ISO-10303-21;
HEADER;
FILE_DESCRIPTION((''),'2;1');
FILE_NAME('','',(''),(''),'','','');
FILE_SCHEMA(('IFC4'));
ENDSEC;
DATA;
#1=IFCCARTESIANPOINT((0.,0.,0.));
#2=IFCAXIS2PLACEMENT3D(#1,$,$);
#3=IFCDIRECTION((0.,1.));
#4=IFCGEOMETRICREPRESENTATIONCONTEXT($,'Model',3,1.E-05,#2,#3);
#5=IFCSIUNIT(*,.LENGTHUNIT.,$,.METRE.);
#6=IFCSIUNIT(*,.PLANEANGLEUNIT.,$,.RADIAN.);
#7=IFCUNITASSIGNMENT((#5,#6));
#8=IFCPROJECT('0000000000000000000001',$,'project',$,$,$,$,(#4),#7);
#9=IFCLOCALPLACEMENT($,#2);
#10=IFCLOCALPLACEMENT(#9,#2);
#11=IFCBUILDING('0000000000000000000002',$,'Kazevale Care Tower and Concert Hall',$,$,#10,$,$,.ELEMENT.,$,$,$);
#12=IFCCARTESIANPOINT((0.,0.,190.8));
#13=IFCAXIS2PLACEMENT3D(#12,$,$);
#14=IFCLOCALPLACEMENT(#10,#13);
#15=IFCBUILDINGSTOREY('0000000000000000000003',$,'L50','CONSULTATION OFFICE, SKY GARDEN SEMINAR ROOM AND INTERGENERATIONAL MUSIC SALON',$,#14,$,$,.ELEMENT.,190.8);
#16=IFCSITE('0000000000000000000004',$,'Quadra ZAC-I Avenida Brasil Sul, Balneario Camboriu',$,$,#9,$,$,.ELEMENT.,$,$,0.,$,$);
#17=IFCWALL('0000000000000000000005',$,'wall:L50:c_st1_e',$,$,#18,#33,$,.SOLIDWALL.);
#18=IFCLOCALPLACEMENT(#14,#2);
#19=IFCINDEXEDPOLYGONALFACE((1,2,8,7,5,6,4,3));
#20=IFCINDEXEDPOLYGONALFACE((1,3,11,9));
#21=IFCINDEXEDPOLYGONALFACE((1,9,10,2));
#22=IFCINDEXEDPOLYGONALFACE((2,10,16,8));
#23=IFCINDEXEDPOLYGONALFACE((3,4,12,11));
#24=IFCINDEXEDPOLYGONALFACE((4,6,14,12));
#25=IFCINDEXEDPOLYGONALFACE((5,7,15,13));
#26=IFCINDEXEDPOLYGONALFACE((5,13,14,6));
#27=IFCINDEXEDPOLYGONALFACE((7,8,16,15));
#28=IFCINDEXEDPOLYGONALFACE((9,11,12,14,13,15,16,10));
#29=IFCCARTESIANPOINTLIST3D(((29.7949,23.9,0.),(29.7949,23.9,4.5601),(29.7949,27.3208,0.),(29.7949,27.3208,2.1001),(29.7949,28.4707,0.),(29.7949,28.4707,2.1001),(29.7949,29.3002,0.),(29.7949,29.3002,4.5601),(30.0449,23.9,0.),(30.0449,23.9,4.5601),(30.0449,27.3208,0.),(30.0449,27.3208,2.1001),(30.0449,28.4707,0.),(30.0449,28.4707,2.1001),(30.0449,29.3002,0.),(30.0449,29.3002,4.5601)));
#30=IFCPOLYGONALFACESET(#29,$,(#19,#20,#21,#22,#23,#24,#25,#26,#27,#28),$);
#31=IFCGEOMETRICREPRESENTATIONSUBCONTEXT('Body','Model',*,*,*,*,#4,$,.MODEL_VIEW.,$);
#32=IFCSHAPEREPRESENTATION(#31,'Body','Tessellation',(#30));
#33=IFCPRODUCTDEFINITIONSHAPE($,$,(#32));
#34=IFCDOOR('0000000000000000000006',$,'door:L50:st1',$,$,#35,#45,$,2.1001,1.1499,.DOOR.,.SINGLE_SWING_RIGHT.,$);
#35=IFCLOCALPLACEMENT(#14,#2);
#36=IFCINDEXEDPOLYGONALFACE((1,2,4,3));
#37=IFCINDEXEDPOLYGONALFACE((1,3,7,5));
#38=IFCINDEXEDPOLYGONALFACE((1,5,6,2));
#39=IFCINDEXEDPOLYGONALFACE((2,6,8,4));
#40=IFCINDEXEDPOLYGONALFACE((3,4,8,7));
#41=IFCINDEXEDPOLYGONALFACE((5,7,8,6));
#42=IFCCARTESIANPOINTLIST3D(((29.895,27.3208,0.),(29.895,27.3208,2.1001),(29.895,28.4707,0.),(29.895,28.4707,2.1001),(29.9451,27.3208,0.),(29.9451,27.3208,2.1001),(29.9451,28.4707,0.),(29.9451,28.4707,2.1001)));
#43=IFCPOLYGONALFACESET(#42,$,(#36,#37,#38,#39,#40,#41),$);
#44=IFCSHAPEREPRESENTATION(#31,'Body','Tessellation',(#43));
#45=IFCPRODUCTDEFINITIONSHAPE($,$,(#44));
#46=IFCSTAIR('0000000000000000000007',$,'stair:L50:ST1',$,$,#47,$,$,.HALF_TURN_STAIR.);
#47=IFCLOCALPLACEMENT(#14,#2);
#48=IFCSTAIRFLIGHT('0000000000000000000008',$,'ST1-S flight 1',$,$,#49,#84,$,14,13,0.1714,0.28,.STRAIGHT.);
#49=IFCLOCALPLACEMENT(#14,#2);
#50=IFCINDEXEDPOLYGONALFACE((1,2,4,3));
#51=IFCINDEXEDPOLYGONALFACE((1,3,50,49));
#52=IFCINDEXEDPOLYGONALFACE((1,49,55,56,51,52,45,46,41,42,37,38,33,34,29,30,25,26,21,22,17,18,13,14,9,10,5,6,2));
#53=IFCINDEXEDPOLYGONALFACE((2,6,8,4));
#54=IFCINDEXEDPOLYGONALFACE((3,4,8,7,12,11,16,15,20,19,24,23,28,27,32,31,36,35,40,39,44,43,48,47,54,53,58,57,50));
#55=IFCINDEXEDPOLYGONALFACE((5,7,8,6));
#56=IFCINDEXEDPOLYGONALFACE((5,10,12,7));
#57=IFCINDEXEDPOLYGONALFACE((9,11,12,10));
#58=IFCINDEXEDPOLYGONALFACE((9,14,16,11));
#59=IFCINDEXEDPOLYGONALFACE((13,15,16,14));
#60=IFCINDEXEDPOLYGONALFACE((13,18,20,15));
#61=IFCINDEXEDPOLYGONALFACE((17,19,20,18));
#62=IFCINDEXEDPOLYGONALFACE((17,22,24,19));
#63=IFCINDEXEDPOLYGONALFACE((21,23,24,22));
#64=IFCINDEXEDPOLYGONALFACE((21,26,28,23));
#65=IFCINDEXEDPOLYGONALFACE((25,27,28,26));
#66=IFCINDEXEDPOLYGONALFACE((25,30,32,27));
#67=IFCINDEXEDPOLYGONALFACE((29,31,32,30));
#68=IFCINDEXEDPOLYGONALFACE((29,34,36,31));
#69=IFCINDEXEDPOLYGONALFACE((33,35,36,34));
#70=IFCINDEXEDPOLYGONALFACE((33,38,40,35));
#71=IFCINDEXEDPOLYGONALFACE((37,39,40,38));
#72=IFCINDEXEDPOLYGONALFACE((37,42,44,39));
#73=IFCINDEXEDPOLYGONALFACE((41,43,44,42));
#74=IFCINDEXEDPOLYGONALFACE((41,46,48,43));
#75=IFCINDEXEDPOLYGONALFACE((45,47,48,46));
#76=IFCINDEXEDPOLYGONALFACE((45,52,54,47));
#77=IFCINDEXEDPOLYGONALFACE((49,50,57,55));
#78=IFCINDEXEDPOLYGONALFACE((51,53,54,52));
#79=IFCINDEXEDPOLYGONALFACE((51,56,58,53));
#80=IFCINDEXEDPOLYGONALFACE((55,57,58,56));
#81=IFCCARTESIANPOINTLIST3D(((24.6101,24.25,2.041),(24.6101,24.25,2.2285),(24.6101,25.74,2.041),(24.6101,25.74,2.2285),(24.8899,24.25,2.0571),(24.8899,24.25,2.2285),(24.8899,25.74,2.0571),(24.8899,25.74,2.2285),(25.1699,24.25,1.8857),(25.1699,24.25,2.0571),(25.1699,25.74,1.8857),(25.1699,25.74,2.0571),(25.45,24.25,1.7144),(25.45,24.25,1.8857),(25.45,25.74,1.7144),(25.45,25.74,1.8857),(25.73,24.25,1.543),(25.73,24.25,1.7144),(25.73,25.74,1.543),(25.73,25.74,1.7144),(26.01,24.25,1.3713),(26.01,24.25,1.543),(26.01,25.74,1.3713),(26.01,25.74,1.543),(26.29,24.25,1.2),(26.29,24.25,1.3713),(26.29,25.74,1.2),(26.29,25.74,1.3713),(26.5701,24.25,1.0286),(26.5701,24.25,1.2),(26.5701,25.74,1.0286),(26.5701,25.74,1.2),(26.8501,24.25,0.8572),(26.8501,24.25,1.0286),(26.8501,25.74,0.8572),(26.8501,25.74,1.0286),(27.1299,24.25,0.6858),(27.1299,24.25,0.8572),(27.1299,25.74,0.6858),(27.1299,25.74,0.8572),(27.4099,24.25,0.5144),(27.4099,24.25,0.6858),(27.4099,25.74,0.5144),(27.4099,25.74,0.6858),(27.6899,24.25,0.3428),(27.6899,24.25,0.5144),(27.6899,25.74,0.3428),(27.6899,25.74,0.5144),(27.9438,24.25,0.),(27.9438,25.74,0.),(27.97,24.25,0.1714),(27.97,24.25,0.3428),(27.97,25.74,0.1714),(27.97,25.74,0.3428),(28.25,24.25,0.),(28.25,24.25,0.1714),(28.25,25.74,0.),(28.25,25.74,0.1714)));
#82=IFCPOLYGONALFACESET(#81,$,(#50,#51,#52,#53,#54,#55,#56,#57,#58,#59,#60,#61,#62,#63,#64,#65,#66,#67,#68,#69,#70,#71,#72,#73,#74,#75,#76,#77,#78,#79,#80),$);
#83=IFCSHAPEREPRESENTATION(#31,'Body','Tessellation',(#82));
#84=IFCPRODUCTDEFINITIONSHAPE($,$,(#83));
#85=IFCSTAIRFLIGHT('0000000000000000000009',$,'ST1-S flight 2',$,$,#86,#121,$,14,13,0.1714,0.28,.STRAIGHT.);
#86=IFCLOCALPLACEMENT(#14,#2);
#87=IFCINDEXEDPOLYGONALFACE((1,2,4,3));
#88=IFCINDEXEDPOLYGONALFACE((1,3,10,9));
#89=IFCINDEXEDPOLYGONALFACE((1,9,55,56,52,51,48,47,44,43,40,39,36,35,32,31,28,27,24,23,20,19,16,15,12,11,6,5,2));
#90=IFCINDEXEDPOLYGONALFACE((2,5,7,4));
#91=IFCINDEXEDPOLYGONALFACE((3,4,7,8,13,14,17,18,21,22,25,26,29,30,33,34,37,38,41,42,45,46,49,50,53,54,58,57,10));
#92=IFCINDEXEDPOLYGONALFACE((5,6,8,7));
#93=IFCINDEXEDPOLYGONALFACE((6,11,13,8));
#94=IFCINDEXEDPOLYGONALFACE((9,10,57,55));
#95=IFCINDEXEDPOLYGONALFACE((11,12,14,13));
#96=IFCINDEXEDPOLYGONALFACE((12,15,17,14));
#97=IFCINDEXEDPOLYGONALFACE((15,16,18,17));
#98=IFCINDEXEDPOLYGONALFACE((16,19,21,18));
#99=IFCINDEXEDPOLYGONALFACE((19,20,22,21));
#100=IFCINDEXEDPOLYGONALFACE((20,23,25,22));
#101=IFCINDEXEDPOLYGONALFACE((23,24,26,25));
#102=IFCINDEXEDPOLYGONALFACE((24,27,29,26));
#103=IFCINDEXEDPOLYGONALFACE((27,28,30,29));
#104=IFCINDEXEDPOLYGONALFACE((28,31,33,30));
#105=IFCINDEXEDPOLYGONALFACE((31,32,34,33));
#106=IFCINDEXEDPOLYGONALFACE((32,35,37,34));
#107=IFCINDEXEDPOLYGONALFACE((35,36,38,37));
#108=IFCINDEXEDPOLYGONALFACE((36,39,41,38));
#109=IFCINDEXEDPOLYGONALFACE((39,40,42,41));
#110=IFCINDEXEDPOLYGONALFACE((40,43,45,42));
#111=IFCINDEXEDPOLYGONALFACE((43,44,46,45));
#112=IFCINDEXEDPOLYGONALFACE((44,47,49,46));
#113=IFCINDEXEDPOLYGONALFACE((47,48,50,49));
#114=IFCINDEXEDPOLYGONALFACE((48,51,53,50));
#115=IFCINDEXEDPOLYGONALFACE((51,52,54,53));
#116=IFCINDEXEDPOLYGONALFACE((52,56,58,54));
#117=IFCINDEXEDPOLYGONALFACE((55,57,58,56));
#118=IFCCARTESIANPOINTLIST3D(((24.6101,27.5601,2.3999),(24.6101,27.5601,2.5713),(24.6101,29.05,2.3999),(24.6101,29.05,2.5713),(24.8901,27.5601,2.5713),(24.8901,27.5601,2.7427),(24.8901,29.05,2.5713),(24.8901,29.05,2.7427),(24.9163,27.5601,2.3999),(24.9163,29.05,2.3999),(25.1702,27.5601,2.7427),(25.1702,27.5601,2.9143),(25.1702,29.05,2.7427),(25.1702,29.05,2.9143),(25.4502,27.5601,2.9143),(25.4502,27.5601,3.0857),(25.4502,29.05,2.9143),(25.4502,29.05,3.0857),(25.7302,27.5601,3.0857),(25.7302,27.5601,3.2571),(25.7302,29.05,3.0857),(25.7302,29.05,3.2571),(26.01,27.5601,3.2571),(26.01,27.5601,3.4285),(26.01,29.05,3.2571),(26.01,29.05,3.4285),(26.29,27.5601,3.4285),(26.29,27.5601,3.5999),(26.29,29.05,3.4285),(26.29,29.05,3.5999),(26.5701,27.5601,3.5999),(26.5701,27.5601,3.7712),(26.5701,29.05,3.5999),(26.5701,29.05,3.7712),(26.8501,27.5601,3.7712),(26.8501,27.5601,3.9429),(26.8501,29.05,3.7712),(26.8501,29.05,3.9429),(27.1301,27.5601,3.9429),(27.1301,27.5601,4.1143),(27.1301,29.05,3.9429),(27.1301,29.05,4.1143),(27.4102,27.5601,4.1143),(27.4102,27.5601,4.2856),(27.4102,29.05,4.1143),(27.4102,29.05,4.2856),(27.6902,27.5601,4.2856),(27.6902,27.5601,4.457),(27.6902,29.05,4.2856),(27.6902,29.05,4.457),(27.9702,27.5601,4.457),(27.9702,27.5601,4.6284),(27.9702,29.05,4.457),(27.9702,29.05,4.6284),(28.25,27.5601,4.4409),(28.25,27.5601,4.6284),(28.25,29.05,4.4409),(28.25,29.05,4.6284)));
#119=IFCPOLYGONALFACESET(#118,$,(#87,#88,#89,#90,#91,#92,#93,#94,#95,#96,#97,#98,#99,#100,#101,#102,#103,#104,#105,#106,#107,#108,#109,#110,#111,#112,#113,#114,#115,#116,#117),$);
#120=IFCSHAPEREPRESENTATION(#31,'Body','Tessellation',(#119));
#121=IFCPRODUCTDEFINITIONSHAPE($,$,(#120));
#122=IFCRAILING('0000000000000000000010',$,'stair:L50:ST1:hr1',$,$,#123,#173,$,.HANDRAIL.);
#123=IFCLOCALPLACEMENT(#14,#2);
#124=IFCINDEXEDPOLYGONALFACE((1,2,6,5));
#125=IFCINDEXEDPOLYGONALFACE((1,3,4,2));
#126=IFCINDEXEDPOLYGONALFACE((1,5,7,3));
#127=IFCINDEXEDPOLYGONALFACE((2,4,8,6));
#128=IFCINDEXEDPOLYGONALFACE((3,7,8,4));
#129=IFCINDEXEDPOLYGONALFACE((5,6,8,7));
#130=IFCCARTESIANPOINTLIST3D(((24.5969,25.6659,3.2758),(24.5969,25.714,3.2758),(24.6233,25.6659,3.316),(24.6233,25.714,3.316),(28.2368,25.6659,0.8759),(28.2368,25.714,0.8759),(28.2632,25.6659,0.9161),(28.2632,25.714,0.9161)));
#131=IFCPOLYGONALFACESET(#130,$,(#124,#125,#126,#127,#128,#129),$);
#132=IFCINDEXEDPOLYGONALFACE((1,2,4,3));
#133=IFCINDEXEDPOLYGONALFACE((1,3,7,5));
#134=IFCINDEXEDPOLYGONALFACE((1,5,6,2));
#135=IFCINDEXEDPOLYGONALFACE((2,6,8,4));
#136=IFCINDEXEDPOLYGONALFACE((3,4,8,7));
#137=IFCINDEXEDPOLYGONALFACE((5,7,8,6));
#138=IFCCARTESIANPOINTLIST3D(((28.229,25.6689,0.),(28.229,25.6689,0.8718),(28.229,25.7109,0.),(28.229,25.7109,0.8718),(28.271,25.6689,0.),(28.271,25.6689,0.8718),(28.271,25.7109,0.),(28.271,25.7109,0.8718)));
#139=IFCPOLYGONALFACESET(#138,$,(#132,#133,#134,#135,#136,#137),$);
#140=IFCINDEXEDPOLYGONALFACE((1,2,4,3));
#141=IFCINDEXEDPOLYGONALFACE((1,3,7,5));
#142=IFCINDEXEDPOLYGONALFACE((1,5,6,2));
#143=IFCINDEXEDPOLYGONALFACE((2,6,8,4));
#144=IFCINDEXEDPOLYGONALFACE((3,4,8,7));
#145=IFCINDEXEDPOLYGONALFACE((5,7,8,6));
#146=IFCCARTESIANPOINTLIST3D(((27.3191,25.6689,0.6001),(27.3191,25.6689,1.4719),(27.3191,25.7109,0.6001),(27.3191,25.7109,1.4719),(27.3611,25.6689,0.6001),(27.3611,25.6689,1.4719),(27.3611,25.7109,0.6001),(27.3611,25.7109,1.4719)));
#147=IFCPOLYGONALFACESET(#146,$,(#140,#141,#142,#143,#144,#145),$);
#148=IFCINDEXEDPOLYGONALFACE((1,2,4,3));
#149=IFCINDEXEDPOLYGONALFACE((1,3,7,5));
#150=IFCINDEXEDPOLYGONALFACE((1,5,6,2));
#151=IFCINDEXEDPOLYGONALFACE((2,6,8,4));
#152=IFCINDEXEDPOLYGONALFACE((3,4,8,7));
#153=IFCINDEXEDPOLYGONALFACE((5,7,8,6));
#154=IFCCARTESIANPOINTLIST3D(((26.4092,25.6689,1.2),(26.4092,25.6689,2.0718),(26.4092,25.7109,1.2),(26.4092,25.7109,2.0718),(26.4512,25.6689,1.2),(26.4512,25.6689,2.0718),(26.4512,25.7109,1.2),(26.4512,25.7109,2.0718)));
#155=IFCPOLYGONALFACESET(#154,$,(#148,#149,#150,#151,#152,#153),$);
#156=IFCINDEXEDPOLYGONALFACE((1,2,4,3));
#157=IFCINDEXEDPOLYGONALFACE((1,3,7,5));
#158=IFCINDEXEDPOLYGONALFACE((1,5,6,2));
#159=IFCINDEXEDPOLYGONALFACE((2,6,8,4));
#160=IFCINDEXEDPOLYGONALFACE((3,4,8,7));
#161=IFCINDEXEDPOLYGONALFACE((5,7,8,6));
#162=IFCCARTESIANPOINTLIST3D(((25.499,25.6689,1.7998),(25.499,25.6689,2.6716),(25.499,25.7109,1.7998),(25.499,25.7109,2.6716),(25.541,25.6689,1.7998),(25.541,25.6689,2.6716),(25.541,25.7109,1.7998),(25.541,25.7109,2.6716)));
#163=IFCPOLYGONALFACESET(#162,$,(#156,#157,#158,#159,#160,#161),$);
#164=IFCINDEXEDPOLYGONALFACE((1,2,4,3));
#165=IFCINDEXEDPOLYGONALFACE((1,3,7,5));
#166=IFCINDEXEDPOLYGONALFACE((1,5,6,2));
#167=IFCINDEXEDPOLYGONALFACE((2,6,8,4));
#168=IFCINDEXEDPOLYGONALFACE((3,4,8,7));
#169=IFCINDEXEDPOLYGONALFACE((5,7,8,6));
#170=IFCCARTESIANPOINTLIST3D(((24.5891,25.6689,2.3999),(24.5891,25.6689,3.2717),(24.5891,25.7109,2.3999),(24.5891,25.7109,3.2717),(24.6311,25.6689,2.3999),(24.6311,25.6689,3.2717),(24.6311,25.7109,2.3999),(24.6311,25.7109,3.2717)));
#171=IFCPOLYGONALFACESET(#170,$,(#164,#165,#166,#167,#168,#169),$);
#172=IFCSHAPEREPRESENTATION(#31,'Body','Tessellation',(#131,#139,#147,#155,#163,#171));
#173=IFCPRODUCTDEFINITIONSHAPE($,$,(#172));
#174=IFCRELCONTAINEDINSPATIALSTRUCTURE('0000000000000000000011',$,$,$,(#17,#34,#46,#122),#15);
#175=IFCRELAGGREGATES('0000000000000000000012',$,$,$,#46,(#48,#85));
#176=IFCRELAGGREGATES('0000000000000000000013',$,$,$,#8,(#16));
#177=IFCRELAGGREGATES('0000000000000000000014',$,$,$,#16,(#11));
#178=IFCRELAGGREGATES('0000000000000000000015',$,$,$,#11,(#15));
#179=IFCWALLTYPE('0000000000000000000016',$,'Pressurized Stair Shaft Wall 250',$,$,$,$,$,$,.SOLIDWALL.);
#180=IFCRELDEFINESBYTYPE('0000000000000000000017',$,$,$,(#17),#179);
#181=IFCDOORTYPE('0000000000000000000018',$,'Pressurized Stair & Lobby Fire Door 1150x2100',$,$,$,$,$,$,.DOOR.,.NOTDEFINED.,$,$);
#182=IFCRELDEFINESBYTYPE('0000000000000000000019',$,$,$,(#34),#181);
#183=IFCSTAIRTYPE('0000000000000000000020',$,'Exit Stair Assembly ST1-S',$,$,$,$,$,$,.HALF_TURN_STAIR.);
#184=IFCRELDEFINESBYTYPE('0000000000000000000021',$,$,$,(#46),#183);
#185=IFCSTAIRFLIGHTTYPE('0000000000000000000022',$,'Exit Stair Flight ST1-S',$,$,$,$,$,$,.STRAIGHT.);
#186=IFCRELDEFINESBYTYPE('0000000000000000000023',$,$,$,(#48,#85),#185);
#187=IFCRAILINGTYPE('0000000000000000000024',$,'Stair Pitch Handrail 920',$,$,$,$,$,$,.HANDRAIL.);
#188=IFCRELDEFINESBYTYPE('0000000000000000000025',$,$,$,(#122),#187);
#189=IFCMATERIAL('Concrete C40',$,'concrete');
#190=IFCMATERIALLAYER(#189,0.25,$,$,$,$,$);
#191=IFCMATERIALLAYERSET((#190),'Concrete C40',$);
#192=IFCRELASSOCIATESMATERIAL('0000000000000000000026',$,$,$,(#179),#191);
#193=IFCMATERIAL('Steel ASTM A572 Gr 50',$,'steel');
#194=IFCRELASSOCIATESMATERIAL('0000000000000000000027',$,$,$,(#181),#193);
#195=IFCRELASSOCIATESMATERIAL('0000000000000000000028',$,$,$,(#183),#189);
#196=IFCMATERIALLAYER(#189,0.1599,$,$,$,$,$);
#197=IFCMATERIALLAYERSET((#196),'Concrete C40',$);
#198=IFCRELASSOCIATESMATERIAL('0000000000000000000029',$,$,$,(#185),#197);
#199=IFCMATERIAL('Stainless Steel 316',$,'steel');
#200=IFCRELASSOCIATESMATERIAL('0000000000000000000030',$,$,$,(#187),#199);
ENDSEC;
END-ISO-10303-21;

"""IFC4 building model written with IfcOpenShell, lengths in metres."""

from ifc_helpers import new_model, si_unit, direction, frame, frame_2d, origin, origin_2d, place, context, subcontext, project, spatial, polyline, rectangle, outline, extrude, material, layer, layer_set, type_object, element, fill, aggregate, save


model = new_model("IFC4")

# Units and contexts
model_context = context("Model", 3, precision=1e-05, world=origin(), true_north=direction((0.0, 1.0)))
body_context = subcontext(model_context, "Body", "Model", "MODEL_VIEW")
ifc_project = project(units=[si_unit("LENGTHUNIT", "METRE"), si_unit("PLANEANGLEUNIT", "RADIAN")], contexts=[model_context])

# Site, building, storey
site_placement = place(None, origin())
site = spatial("IfcSite", under=ifc_project, at=site_placement, Name="Quadra ZAC-I Avenida Brasil Sul, Balneario Camboriu", CompositionType="ELEMENT", RefElevation=0.0)
building_placement = place(site_placement, origin())
building = spatial("IfcBuilding", under=site, at=building_placement, Name="Kazevale Care Tower and Concert Hall", CompositionType="ELEMENT")
storey_placement = place(building_placement, frame((0.0, 0.0, 190.8)))
storey = spatial("IfcBuildingStorey", under=building, at=storey_placement, Name="L50", Description="CONSULTATION OFFICE, SKY GARDEN SEMINAR ROOM AND INTERGENERATIONAL MUSIC SALON", CompositionType="ELEMENT", Elevation=190.8)

# Shared definitions
ifc_material_1 = material(Name="Steel ASTM A572 Gr 50", Category="steel")

# Shared definitions
ifc_material_2 = material(Name="Concrete C40", Category="concrete")
ifc_material_3 = material(Name="Stainless Steel 316", Category="steel")

# Wall, opening, door
ifc_layer_1 = layer(ifc_material_2, 0.25)
ifc_layer_set_1 = layer_set([ifc_layer_1], Name="Concrete C40")
wall_type_1 = type_object("IfcWallType", Name="Pressurized Stair Shaft Wall 250", PredefinedType="SOLIDWALL", material=ifc_layer_set_1)
wall_1_placement = place(storey_placement, frame((29.9199, 23.8999, 0.0), z_axis=(0.0, 0.0, 1.0), x_axis=(0.0, 1.0, 0.0)))
wall_1 = element("IfcWall", 1, at=wall_1_placement, inside=storey, type_object=wall_type_1, Name="wall:L50:c_st1_e", PredefinedType="SOLIDWALL", context=body_context, shape_type="SweptSolid", body=[
    extrude(rectangle(XDim=5.4001, YDim=0.25, at=frame_2d((2.7002, 0.0))), origin(), (0.0, 0.0, 1.0), 4.5601),
])
opening_1_placement = place(wall_1_placement, frame((3.4209, 0.0, 0.0)))
opening_1 = element("IfcOpeningElement", 2, at=opening_1_placement, cuts=wall_1, PredefinedType="OPENING", context=body_context, shape_type="SweptSolid", body=[
    extrude(rectangle(XDim=1.1499, YDim=2.1001, at=frame_2d((0.575, 1.05))), frame((0.0, 0.135, 0.0), z_axis=(0.0, -1.0, 0.0), x_axis=(1.0, 0.0, 0.0)), (0.0, 0.0, 1.0), 0.27),
])
door_type_1 = type_object("IfcDoorType", Name="Pressurized Stair & Lobby Fire Door 1150x2100", OperationType="NOTDEFINED", PredefinedType="DOOR", material=ifc_material_1)
door_1_placement = place(opening_1_placement, origin())
door_1 = element("IfcDoor", 3, at=door_1_placement, inside=storey, type_object=door_type_1, Name="door:L50:st1", OperationType="SINGLE_SWING_RIGHT", OverallHeight=2.1001, OverallWidth=1.1499, PredefinedType="DOOR", context=body_context, shape_type="SweptSolid", body=[
    extrude(rectangle(XDim=1.1499, YDim=2.1001, at=frame_2d((0.575, 1.05))), frame((0.0, 0.0249, 0.0), z_axis=(0.0, -1.0, 0.0), x_axis=(1.0, 0.0, 0.0)), (0.0, 0.0, 1.0), 0.05),
])
fill(opening_1, door_1)

# Stair, stair flights
stair_type = type_object("IfcStairType", Name="Exit Stair Assembly ST1-S", PredefinedType="HALF_TURN_STAIR", material=ifc_material_2)
stair_placement = place(storey_placement, origin())
stair = element("IfcStair", 4, at=stair_placement, inside=storey, type_object=stair_type, Name="stair:L50:ST1", PredefinedType="HALF_TURN_STAIR")
ifc_layer_2 = layer(ifc_material_2, 0.1599)
ifc_layer_set_2 = layer_set([ifc_layer_2], Name="Concrete C40")
stair_flight_type = type_object("IfcStairFlightType", Name="Exit Stair Flight ST1-S", PredefinedType="STRAIGHT", material=ifc_layer_set_2)
stair_flight_1_placement = place(storey_placement, frame((28.25, 24.9951, 0.0), z_axis=(0.0, 0.0, 1.0), x_axis=(-1.0, 0.0, 0.0)))
stair_flight_1 = element("IfcStairFlight", 5, at=stair_flight_1_placement, type_object=stair_flight_type, Name="ST1-S flight 1", NumberOfRisers=14, NumberOfTreads=13, PredefinedType="STRAIGHT", RiserHeight=0.1714, TreadLength=0.28, context=body_context, shape_type="SweptSolid", body=[
    extrude(outline(polyline([(0.0, 0.0), (0.0, 0.1714), (0.28, 0.1714), (0.28, 0.3428), (0.5601, 0.3428), (0.5601, 0.5144), (0.8401, 0.5144), (0.8401, 0.6858), (1.1201, 0.6858), (1.1201, 0.8572), (1.3999, 0.8572), (1.3999, 1.0286), (1.6799, 1.0286), (1.6799, 1.2), (1.96, 1.2), (1.96, 1.3713), (2.24, 1.3713), (2.24, 1.543), (2.52, 1.543), (2.52, 1.7144), (2.8, 1.7144), (2.8, 1.8857), (3.0801, 1.8857), (3.0801, 2.0571), (3.3601, 2.0571), (3.3601, 2.2285), (3.6399, 2.2285), (3.6399, 2.3999), (3.6399, 2.041), (0.3062, 0.0), (0.0, 0.0)])), frame((0.0, 0.7451, 0.0), z_axis=(0.0, -1.0, 0.0), x_axis=(1.0, 0.0, 0.0)), (0.0, 0.0, 1.0), 1.49),
])
stair_flight_2_placement = place(storey_placement, frame((24.6101, 28.3049, 2.3999), z_axis=(0.0, 0.0, 1.0), x_axis=(1.0, 0.0, 0.0)))
stair_flight_2 = element("IfcStairFlight", 6, at=stair_flight_2_placement, type_object=stair_flight_type, Name="ST1-S flight 2", NumberOfRisers=14, NumberOfTreads=13, PredefinedType="STRAIGHT", RiserHeight=0.1714, TreadLength=0.28, context=body_context, shape_type="SweptSolid", body=[
    extrude(outline(polyline([(0.0, 0.0), (0.0, 0.1714), (0.28, 0.1714), (0.28, 0.3428), (0.5601, 0.3428), (0.5601, 0.5144), (0.8401, 0.5144), (0.8401, 0.6858), (1.1201, 0.6858), (1.1201, 0.8572), (1.3999, 0.8572), (1.3999, 1.0286), (1.6799, 1.0286), (1.6799, 1.2), (1.96, 1.2), (1.96, 1.3713), (2.24, 1.3713), (2.24, 1.543), (2.52, 1.543), (2.52, 1.7144), (2.8, 1.7144), (2.8, 1.8857), (3.0801, 1.8857), (3.0801, 2.0571), (3.3601, 2.0571), (3.3601, 2.2285), (3.6399, 2.2285), (3.6399, 2.3999), (3.6399, 2.041), (0.3062, 0.0), (0.0, 0.0)])), frame((0.0, 0.7451, 0.0), z_axis=(0.0, -1.0, 0.0), x_axis=(1.0, 0.0, 0.0)), (0.0, 0.0, 1.0), 1.49),
])
aggregate(stair, [stair_flight_1, stair_flight_2])

# Railing
railing_type_1 = type_object("IfcRailingType", Name="Stair Pitch Handrail 920", PredefinedType="HANDRAIL", material=ifc_material_3)
railing_1_placement = place(storey_placement, frame((28.25, 25.6899, 0.0)))
element("IfcRailing", 7, at=railing_1_placement, inside=storey, type_object=railing_type_1, Name="stair:L50:ST1:hr1", PredefinedType="HANDRAIL", context=body_context, shape_type="SweptSolid", body=[
    extrude(rectangle(XDim=0.0481, YDim=0.0481, at=origin_2d()), frame((0.0, 0.0, 0.896), z_axis=(-0.834865, 0.0, 0.550454), x_axis=(0.0, -1.0, 0.0)), (0.0, 0.0, 1.0), 4.3599),
    extrude(rectangle(XDim=0.042, YDim=0.042, at=origin_2d()), origin(), (0.0, 0.0, 1.0), 0.8718),
    extrude(rectangle(XDim=0.042, YDim=0.042, at=origin_2d()), frame((-0.9099, 0.0, 0.6001)), (0.0, 0.0, 1.0), 0.8718),
    extrude(rectangle(XDim=0.042, YDim=0.042, at=origin_2d()), frame((-1.8198, 0.0, 1.2)), (0.0, 0.0, 1.0), 0.8718),
    extrude(rectangle(XDim=0.042, YDim=0.042, at=origin_2d()), frame((-2.73, 0.0, 1.7998)), (0.0, 0.0, 1.0), 0.8718),
    extrude(rectangle(XDim=0.042, YDim=0.042, at=origin_2d()), frame((-3.6399, 0.0, 2.3999)), (0.0, 0.0, 1.0), 0.8718),
])

save(model, "model.ifc")
